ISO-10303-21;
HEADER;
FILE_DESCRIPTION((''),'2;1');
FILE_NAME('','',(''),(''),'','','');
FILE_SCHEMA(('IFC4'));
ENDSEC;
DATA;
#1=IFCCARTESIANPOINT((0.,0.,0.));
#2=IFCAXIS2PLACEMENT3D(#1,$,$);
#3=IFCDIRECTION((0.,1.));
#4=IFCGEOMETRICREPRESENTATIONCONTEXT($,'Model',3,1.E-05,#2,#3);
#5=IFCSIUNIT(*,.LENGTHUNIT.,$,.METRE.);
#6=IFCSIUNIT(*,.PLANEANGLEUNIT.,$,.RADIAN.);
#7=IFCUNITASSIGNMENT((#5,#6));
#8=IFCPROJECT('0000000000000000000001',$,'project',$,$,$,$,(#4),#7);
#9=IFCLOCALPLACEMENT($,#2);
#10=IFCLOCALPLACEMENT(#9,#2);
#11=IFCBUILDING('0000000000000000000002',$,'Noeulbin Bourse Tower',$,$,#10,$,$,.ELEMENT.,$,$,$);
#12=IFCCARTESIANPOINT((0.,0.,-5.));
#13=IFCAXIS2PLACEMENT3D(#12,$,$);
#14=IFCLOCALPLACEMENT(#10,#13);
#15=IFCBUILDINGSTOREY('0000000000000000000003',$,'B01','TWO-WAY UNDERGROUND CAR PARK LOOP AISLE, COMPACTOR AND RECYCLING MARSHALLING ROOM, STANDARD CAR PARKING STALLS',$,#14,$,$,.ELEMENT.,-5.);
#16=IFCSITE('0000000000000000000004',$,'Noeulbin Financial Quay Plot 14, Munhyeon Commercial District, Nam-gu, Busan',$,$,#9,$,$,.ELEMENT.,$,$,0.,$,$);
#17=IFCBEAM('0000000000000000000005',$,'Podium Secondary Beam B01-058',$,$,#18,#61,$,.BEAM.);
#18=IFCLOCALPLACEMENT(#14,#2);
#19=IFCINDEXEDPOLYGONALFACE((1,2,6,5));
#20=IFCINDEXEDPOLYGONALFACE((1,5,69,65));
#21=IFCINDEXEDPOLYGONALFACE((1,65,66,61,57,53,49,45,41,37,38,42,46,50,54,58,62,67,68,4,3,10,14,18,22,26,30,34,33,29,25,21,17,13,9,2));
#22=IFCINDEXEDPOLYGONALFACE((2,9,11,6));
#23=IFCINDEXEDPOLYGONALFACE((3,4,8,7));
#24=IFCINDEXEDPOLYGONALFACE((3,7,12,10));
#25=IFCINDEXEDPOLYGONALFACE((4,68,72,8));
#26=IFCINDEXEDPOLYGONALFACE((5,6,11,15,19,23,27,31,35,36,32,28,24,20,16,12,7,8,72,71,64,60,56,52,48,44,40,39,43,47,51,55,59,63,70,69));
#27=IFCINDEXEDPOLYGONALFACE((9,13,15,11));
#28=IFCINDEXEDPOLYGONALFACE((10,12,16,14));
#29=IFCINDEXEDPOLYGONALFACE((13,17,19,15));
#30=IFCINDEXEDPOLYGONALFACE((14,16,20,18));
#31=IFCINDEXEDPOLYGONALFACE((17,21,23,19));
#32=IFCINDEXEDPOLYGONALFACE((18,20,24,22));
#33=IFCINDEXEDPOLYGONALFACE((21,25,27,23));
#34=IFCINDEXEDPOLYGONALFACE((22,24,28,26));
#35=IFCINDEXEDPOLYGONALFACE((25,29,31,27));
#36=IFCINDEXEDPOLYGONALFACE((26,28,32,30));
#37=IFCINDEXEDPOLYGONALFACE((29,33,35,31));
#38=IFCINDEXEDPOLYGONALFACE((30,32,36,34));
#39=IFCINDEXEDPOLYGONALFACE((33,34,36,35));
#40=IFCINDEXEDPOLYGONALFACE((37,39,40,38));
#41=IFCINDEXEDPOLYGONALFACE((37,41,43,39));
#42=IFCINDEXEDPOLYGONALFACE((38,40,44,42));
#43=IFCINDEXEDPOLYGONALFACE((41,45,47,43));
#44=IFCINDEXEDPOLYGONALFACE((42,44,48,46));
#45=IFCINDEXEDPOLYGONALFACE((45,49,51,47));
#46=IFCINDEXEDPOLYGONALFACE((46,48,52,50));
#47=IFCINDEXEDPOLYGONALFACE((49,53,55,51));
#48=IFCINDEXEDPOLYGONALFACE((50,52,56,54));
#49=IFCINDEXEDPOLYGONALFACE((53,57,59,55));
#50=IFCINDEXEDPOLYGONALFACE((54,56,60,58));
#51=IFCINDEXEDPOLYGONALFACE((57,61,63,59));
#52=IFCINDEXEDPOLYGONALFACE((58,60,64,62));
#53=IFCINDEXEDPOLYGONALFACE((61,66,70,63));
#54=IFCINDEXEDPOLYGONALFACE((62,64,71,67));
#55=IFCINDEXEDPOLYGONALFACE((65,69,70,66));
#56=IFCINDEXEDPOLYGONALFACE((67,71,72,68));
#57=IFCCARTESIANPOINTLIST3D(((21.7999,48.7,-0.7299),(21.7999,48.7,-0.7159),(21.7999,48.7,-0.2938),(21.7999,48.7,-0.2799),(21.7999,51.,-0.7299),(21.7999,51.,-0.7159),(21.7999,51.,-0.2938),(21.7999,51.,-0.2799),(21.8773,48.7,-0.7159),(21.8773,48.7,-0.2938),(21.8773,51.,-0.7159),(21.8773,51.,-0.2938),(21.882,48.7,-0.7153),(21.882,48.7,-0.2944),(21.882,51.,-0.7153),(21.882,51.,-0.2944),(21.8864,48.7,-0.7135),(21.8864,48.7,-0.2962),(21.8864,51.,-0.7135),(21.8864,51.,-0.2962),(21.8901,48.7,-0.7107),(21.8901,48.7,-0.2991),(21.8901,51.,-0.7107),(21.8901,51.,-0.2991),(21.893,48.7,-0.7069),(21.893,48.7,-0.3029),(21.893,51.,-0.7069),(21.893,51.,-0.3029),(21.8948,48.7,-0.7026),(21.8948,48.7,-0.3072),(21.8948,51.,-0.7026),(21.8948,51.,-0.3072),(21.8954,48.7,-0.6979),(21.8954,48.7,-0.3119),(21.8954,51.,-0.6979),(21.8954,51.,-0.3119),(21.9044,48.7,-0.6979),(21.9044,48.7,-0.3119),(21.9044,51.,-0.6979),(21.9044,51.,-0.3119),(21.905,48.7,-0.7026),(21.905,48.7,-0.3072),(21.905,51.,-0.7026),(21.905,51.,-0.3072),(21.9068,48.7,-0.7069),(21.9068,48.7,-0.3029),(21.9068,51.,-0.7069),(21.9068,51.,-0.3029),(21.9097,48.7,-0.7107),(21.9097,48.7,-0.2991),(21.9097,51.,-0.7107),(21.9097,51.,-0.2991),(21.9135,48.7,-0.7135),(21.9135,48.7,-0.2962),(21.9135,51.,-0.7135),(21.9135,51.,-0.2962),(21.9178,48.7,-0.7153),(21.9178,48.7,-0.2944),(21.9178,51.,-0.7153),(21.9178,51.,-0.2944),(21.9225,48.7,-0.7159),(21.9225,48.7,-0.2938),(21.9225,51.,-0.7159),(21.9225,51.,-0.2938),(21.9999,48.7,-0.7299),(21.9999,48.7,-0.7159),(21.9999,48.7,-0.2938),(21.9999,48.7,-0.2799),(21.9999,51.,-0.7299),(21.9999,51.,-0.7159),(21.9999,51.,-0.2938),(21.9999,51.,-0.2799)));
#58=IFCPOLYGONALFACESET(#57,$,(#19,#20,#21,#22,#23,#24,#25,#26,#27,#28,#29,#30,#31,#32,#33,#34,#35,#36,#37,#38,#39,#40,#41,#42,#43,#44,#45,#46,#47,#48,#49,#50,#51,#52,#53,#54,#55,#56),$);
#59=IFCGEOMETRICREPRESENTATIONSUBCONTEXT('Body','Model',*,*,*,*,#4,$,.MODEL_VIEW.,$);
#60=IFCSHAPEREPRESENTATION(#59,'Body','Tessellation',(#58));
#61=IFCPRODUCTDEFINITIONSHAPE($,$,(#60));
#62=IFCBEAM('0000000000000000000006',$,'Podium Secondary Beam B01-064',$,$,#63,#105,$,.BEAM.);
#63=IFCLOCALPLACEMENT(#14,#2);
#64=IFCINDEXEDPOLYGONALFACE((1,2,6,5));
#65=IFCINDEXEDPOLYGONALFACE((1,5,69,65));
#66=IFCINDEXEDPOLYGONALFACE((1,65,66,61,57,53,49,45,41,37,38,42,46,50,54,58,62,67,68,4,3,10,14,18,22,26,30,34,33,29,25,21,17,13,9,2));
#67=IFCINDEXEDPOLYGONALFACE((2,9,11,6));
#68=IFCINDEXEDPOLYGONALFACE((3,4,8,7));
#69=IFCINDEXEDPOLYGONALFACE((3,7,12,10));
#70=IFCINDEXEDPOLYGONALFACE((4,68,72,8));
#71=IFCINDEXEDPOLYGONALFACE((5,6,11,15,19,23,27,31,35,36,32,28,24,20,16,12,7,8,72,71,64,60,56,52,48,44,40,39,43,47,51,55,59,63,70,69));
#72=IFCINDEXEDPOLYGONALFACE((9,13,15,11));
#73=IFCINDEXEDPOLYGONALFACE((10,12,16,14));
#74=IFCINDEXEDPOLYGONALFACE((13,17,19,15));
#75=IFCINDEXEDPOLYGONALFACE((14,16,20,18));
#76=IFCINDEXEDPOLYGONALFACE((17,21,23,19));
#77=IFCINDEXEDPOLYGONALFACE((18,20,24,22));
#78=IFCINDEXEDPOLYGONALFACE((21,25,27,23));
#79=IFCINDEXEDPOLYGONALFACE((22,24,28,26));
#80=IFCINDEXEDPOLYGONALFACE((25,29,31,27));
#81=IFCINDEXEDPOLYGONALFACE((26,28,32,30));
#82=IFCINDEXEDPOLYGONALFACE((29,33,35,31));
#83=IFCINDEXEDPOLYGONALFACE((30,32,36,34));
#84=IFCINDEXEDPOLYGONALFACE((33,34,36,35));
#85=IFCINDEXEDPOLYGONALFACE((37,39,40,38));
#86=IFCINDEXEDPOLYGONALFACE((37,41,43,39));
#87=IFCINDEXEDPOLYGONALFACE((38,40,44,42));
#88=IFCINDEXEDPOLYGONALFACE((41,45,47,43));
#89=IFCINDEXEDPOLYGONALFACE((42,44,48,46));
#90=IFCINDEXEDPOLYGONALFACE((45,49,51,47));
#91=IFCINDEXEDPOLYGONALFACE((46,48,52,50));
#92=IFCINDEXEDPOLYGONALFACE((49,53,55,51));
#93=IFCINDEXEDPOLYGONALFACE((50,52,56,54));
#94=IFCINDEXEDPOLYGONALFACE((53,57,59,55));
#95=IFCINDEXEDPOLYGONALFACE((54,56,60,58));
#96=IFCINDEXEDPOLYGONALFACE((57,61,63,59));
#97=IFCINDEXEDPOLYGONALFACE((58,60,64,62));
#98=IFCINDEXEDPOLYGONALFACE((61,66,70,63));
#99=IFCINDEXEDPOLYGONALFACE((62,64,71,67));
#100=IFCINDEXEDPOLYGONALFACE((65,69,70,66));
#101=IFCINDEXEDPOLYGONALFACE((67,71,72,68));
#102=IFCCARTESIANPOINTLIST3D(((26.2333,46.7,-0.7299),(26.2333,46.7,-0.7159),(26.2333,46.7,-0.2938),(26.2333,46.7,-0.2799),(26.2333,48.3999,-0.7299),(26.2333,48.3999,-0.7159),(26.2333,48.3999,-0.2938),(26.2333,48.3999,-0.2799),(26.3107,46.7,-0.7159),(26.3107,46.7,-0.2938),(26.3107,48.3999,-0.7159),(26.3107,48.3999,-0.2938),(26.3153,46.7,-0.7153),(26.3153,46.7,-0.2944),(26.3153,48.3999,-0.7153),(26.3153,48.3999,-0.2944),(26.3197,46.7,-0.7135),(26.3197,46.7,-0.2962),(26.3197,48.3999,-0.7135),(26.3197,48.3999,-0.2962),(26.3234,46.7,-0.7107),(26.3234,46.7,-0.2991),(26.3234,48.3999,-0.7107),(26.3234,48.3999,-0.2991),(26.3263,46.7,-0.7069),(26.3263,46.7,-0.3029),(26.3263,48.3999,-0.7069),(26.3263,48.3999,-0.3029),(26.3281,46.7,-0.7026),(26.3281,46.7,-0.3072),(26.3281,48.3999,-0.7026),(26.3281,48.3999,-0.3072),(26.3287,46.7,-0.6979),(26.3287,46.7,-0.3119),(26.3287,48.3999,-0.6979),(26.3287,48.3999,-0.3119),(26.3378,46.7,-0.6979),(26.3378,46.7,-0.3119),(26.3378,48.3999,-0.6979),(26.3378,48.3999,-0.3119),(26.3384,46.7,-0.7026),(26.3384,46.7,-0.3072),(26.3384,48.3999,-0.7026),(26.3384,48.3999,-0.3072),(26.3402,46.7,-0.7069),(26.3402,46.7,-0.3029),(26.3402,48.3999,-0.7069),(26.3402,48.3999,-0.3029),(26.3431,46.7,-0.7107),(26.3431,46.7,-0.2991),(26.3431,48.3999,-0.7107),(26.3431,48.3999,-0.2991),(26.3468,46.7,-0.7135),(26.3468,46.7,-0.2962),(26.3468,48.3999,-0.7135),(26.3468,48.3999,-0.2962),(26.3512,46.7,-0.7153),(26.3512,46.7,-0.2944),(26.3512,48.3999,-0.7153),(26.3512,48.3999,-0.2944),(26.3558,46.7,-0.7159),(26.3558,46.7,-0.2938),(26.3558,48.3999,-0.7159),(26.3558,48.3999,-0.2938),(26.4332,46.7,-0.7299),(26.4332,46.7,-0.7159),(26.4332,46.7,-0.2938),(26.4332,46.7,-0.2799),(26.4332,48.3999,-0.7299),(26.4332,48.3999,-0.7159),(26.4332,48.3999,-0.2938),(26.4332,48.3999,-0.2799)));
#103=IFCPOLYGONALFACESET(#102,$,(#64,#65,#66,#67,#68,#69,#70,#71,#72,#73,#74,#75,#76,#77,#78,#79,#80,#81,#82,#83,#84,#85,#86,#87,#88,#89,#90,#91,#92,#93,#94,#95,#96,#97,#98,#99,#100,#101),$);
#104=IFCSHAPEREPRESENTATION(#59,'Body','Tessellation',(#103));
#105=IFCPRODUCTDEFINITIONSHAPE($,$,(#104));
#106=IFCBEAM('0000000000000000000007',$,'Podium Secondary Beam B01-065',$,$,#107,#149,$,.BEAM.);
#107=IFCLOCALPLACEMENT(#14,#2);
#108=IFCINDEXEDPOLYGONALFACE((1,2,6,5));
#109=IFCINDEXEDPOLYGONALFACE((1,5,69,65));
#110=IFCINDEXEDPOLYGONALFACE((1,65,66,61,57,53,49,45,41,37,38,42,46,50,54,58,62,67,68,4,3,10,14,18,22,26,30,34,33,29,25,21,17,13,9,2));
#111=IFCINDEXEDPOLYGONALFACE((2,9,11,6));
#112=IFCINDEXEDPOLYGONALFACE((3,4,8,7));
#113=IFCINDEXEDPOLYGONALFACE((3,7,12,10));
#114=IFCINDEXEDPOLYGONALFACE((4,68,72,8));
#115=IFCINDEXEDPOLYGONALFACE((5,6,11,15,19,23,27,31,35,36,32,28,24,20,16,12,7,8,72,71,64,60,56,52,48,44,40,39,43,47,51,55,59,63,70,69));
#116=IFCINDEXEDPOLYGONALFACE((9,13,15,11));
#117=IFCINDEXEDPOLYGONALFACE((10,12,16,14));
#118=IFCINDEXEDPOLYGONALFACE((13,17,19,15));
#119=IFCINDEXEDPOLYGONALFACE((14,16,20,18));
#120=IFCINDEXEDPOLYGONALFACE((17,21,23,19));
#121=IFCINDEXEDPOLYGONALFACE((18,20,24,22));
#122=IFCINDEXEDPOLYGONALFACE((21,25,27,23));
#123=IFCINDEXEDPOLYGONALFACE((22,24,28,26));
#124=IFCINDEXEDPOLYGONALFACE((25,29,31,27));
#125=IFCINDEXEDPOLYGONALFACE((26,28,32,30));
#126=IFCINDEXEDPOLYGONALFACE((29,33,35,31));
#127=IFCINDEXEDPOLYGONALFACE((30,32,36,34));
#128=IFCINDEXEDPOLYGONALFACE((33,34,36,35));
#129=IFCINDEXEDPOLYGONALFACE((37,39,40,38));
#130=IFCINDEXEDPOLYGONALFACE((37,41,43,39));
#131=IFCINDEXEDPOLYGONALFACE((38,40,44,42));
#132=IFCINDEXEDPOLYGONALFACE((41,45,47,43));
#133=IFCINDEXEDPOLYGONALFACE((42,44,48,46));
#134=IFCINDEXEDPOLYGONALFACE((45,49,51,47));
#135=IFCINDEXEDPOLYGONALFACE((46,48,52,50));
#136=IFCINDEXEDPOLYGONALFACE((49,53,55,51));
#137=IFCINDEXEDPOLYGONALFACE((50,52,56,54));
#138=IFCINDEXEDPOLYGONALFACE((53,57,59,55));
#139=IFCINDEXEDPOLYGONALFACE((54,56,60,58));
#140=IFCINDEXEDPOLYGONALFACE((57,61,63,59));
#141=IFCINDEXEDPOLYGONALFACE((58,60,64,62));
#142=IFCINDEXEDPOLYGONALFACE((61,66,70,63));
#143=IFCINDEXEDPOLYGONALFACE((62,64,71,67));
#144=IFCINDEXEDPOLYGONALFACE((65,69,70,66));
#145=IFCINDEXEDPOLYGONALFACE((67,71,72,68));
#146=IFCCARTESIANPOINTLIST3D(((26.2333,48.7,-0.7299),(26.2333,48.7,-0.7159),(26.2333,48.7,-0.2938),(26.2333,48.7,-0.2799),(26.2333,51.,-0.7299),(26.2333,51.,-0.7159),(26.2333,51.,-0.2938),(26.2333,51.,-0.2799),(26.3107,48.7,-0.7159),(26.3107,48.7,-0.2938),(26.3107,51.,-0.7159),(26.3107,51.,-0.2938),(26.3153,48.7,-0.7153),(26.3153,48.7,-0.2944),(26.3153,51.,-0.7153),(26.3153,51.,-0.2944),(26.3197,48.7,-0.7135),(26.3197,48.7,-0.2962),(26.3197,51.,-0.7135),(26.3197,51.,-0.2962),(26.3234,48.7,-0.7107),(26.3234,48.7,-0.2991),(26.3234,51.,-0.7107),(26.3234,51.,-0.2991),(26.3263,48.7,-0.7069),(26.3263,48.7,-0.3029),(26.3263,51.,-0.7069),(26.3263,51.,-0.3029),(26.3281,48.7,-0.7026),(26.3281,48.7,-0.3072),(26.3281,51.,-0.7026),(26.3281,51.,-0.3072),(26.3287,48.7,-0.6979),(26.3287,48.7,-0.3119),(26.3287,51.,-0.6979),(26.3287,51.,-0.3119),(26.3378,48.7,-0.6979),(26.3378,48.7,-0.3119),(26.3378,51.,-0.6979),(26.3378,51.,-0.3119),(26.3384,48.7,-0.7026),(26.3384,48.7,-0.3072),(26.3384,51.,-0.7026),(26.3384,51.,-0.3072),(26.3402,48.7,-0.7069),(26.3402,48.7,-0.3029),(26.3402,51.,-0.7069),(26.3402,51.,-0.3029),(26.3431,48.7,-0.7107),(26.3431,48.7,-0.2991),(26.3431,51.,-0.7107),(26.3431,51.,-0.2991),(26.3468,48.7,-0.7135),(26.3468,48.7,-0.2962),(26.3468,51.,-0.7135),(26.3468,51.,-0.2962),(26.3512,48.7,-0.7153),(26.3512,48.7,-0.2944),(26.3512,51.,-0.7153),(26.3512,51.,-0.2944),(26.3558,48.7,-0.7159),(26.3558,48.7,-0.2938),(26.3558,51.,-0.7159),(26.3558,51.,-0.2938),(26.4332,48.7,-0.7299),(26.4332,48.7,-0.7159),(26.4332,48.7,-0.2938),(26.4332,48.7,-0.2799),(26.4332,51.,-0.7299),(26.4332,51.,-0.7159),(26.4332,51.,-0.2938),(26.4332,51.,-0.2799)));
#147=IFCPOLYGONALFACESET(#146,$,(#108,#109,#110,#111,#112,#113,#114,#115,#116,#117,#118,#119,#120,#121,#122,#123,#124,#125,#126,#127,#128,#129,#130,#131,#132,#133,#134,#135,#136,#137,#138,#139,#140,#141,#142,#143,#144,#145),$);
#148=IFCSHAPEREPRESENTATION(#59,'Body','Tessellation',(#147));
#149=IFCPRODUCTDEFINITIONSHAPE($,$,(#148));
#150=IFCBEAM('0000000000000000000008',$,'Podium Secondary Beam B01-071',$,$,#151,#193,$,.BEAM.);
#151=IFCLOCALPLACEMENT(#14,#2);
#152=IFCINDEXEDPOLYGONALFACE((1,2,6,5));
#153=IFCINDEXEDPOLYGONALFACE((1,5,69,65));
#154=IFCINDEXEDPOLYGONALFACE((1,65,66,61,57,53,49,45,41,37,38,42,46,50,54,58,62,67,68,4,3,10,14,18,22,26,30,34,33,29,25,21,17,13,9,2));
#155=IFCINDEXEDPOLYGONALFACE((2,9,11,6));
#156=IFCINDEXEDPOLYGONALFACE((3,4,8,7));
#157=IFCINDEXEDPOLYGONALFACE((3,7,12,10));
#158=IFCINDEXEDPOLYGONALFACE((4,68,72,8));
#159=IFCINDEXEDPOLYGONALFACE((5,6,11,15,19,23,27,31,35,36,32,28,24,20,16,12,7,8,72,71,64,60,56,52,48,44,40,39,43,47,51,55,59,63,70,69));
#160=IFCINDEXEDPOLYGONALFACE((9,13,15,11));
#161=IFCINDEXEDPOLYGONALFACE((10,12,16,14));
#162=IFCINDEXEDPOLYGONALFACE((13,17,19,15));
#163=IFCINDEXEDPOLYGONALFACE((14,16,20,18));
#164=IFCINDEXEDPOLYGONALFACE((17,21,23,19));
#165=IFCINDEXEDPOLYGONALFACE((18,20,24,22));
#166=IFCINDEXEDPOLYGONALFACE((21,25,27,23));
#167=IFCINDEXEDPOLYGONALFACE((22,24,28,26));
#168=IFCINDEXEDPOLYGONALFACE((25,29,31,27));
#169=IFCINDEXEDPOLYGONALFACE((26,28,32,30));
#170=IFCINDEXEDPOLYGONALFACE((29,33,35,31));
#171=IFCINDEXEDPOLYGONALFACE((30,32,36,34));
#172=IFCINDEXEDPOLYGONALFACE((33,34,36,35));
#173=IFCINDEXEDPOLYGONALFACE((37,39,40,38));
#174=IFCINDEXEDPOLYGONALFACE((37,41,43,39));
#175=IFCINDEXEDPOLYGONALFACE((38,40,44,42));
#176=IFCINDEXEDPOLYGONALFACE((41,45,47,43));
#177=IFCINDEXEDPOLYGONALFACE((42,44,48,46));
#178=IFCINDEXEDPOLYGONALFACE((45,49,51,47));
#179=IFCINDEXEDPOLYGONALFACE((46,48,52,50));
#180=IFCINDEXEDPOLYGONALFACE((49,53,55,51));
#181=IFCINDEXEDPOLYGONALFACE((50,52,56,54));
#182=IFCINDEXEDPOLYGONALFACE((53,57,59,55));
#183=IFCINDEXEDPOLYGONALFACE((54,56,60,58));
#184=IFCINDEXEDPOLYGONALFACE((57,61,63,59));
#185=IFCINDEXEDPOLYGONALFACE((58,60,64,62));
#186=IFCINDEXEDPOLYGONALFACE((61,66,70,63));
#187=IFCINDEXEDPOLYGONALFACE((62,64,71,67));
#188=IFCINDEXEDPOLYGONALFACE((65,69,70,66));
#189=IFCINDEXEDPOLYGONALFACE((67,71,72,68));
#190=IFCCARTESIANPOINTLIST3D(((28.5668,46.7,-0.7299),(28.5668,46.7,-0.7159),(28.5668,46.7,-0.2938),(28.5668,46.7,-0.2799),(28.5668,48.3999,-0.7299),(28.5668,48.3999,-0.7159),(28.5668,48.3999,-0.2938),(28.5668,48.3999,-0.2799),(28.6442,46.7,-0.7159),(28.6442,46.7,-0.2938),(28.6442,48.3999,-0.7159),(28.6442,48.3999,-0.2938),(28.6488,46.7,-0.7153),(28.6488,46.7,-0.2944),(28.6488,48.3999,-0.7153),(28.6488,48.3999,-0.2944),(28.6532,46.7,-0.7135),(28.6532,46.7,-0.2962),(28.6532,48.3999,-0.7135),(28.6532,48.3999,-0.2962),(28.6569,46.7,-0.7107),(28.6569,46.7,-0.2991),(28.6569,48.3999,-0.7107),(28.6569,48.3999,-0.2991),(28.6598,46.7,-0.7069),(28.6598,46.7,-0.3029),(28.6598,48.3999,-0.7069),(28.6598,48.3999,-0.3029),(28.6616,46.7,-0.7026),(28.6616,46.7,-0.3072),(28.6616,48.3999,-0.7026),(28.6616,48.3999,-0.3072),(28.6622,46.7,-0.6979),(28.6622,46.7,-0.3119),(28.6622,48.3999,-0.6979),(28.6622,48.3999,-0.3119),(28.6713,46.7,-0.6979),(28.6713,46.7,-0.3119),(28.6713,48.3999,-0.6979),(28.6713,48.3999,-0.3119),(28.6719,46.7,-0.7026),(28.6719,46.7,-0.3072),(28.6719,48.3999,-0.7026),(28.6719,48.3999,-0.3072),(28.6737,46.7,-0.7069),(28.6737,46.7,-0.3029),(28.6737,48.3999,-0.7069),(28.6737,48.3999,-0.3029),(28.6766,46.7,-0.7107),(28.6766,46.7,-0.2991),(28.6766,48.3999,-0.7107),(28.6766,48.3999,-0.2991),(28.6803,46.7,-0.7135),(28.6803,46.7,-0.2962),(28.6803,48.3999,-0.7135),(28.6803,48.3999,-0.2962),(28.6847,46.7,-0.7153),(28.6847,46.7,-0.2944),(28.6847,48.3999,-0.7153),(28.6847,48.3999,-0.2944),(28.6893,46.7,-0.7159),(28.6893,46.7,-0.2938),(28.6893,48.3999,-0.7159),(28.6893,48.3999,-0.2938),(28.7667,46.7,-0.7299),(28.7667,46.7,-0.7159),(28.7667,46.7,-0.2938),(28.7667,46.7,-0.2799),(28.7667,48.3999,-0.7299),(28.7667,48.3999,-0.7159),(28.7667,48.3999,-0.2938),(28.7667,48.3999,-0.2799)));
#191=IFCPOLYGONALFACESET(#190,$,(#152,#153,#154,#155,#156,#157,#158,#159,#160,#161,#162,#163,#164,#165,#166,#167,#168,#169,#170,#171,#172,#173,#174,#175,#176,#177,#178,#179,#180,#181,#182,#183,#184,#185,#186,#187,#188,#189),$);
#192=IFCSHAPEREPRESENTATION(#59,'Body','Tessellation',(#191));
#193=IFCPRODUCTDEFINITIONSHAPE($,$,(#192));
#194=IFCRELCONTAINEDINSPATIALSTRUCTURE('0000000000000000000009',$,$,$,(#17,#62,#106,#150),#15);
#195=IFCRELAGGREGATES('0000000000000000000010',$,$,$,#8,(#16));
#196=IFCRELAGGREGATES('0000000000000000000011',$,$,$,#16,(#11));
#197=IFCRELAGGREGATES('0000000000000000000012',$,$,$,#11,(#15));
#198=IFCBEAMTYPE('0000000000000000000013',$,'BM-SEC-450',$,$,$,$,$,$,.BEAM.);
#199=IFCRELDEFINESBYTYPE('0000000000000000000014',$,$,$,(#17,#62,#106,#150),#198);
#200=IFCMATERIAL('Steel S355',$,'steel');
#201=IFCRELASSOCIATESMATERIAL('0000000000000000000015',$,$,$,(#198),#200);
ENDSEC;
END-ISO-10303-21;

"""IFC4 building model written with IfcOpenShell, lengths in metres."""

from ifc_helpers import new_model, si_unit, direction, frame, origin, origin_2d, place, context, subcontext, project, spatial, i_section, extrude, material, material_profile, profile_set, type_object, element, save


model = new_model("IFC4")

# Units and contexts
model_context = context("Model", 3, precision=1e-05, world=origin(), true_north=direction((0.0, 1.0)))
body_context = subcontext(model_context, "Body", "Model", "MODEL_VIEW")
ifc_project = project(units=[si_unit("LENGTHUNIT", "METRE"), si_unit("PLANEANGLEUNIT", "RADIAN")], contexts=[model_context])

# Site, building, storey
site_placement = place(None, origin())
site = spatial("IfcSite", under=ifc_project, at=site_placement, Name="Noeulbin Financial Quay Plot 14, Munhyeon Commercial District, Nam-gu, Busan", CompositionType="ELEMENT", RefElevation=0.0)
building_placement = place(site_placement, origin())
building = spatial("IfcBuilding", under=site, at=building_placement, Name="Noeulbin Bourse Tower", CompositionType="ELEMENT")
storey_placement = place(building_placement, frame((0.0, 0.0, -5.0)))
storey = spatial("IfcBuildingStorey", under=building, at=storey_placement, Name="B01", Description="TWO-WAY UNDERGROUND CAR PARK LOOP AISLE, COMPACTOR AND RECYCLING MARSHALLING ROOM, STANDARD CAR PARKING STALLS", CompositionType="ELEMENT", Elevation=-5.0)

# Beams
ifc_material_1 = material(Name="Steel S355", Category="steel")
ifc_material_profile_1 = material_profile(ifc_material_1, i_section(OverallWidth=0.2, OverallDepth=0.45, WebThickness=0.009, FlangeThickness=0.0139, FilletRadius=0.0181, at=origin_2d()), Name="H-450x200x9x14", Category="LoadBearing")
ifc_profile_set_1 = profile_set([ifc_material_profile_1], Name="Steel S355")
beam_type_1 = type_object("IfcBeamType", Name="BM-SEC-450", PredefinedType="BEAM", material=ifc_profile_set_1)
beam_1_placement = place(storey_placement, frame((21.8999, 48.7, -0.5049), z_axis=(0.0, 1.0, 0.0), x_axis=(-1.0, 0.0, 0.0)))
element("IfcBeam", 1, at=beam_1_placement, inside=storey, type_object=beam_type_1, Name="Podium Secondary Beam B01-058", PredefinedType="BEAM", context=body_context, shape_type="SweptSolid", body=[
    extrude(i_section(OverallWidth=0.2, OverallDepth=0.45, WebThickness=0.009, FlangeThickness=0.0139, FilletRadius=0.0181, at=origin_2d()), origin(), (0.0, 0.0, 1.0), 2.3),
])
beam_2_placement = place(storey_placement, frame((26.3333, 46.7, -0.5049), z_axis=(0.0, 1.0, 0.0), x_axis=(-1.0, 0.0, 0.0)))
element("IfcBeam", 2, at=beam_2_placement, inside=storey, type_object=beam_type_1, Name="Podium Secondary Beam B01-064", PredefinedType="BEAM", context=body_context, shape_type="SweptSolid", body=[
    extrude(i_section(OverallWidth=0.2, OverallDepth=0.45, WebThickness=0.009, FlangeThickness=0.0139, FilletRadius=0.0181, at=origin_2d()), origin(), (0.0, 0.0, 1.0), 1.7),
])
beam_3_placement = place(storey_placement, frame((26.3333, 48.7, -0.5049), z_axis=(0.0, 1.0, 0.0), x_axis=(-1.0, 0.0, 0.0)))
element("IfcBeam", 3, at=beam_3_placement, inside=storey, type_object=beam_type_1, Name="Podium Secondary Beam B01-065", PredefinedType="BEAM", context=body_context, shape_type="SweptSolid", body=[
    extrude(i_section(OverallWidth=0.2, OverallDepth=0.45, WebThickness=0.009, FlangeThickness=0.0139, FilletRadius=0.0181, at=origin_2d()), origin(), (0.0, 0.0, 1.0), 2.3),
])
beam_4_placement = place(storey_placement, frame((28.6667, 46.7, -0.5049), z_axis=(0.0, 1.0, 0.0), x_axis=(-1.0, 0.0, 0.0)))
element("IfcBeam", 4, at=beam_4_placement, inside=storey, type_object=beam_type_1, Name="Podium Secondary Beam B01-071", PredefinedType="BEAM", context=body_context, shape_type="SweptSolid", body=[
    extrude(i_section(OverallWidth=0.2, OverallDepth=0.45, WebThickness=0.009, FlangeThickness=0.0139, FilletRadius=0.0181, at=origin_2d()), origin(), (0.0, 0.0, 1.0), 1.7),
])

save(model, "model.ifc")
